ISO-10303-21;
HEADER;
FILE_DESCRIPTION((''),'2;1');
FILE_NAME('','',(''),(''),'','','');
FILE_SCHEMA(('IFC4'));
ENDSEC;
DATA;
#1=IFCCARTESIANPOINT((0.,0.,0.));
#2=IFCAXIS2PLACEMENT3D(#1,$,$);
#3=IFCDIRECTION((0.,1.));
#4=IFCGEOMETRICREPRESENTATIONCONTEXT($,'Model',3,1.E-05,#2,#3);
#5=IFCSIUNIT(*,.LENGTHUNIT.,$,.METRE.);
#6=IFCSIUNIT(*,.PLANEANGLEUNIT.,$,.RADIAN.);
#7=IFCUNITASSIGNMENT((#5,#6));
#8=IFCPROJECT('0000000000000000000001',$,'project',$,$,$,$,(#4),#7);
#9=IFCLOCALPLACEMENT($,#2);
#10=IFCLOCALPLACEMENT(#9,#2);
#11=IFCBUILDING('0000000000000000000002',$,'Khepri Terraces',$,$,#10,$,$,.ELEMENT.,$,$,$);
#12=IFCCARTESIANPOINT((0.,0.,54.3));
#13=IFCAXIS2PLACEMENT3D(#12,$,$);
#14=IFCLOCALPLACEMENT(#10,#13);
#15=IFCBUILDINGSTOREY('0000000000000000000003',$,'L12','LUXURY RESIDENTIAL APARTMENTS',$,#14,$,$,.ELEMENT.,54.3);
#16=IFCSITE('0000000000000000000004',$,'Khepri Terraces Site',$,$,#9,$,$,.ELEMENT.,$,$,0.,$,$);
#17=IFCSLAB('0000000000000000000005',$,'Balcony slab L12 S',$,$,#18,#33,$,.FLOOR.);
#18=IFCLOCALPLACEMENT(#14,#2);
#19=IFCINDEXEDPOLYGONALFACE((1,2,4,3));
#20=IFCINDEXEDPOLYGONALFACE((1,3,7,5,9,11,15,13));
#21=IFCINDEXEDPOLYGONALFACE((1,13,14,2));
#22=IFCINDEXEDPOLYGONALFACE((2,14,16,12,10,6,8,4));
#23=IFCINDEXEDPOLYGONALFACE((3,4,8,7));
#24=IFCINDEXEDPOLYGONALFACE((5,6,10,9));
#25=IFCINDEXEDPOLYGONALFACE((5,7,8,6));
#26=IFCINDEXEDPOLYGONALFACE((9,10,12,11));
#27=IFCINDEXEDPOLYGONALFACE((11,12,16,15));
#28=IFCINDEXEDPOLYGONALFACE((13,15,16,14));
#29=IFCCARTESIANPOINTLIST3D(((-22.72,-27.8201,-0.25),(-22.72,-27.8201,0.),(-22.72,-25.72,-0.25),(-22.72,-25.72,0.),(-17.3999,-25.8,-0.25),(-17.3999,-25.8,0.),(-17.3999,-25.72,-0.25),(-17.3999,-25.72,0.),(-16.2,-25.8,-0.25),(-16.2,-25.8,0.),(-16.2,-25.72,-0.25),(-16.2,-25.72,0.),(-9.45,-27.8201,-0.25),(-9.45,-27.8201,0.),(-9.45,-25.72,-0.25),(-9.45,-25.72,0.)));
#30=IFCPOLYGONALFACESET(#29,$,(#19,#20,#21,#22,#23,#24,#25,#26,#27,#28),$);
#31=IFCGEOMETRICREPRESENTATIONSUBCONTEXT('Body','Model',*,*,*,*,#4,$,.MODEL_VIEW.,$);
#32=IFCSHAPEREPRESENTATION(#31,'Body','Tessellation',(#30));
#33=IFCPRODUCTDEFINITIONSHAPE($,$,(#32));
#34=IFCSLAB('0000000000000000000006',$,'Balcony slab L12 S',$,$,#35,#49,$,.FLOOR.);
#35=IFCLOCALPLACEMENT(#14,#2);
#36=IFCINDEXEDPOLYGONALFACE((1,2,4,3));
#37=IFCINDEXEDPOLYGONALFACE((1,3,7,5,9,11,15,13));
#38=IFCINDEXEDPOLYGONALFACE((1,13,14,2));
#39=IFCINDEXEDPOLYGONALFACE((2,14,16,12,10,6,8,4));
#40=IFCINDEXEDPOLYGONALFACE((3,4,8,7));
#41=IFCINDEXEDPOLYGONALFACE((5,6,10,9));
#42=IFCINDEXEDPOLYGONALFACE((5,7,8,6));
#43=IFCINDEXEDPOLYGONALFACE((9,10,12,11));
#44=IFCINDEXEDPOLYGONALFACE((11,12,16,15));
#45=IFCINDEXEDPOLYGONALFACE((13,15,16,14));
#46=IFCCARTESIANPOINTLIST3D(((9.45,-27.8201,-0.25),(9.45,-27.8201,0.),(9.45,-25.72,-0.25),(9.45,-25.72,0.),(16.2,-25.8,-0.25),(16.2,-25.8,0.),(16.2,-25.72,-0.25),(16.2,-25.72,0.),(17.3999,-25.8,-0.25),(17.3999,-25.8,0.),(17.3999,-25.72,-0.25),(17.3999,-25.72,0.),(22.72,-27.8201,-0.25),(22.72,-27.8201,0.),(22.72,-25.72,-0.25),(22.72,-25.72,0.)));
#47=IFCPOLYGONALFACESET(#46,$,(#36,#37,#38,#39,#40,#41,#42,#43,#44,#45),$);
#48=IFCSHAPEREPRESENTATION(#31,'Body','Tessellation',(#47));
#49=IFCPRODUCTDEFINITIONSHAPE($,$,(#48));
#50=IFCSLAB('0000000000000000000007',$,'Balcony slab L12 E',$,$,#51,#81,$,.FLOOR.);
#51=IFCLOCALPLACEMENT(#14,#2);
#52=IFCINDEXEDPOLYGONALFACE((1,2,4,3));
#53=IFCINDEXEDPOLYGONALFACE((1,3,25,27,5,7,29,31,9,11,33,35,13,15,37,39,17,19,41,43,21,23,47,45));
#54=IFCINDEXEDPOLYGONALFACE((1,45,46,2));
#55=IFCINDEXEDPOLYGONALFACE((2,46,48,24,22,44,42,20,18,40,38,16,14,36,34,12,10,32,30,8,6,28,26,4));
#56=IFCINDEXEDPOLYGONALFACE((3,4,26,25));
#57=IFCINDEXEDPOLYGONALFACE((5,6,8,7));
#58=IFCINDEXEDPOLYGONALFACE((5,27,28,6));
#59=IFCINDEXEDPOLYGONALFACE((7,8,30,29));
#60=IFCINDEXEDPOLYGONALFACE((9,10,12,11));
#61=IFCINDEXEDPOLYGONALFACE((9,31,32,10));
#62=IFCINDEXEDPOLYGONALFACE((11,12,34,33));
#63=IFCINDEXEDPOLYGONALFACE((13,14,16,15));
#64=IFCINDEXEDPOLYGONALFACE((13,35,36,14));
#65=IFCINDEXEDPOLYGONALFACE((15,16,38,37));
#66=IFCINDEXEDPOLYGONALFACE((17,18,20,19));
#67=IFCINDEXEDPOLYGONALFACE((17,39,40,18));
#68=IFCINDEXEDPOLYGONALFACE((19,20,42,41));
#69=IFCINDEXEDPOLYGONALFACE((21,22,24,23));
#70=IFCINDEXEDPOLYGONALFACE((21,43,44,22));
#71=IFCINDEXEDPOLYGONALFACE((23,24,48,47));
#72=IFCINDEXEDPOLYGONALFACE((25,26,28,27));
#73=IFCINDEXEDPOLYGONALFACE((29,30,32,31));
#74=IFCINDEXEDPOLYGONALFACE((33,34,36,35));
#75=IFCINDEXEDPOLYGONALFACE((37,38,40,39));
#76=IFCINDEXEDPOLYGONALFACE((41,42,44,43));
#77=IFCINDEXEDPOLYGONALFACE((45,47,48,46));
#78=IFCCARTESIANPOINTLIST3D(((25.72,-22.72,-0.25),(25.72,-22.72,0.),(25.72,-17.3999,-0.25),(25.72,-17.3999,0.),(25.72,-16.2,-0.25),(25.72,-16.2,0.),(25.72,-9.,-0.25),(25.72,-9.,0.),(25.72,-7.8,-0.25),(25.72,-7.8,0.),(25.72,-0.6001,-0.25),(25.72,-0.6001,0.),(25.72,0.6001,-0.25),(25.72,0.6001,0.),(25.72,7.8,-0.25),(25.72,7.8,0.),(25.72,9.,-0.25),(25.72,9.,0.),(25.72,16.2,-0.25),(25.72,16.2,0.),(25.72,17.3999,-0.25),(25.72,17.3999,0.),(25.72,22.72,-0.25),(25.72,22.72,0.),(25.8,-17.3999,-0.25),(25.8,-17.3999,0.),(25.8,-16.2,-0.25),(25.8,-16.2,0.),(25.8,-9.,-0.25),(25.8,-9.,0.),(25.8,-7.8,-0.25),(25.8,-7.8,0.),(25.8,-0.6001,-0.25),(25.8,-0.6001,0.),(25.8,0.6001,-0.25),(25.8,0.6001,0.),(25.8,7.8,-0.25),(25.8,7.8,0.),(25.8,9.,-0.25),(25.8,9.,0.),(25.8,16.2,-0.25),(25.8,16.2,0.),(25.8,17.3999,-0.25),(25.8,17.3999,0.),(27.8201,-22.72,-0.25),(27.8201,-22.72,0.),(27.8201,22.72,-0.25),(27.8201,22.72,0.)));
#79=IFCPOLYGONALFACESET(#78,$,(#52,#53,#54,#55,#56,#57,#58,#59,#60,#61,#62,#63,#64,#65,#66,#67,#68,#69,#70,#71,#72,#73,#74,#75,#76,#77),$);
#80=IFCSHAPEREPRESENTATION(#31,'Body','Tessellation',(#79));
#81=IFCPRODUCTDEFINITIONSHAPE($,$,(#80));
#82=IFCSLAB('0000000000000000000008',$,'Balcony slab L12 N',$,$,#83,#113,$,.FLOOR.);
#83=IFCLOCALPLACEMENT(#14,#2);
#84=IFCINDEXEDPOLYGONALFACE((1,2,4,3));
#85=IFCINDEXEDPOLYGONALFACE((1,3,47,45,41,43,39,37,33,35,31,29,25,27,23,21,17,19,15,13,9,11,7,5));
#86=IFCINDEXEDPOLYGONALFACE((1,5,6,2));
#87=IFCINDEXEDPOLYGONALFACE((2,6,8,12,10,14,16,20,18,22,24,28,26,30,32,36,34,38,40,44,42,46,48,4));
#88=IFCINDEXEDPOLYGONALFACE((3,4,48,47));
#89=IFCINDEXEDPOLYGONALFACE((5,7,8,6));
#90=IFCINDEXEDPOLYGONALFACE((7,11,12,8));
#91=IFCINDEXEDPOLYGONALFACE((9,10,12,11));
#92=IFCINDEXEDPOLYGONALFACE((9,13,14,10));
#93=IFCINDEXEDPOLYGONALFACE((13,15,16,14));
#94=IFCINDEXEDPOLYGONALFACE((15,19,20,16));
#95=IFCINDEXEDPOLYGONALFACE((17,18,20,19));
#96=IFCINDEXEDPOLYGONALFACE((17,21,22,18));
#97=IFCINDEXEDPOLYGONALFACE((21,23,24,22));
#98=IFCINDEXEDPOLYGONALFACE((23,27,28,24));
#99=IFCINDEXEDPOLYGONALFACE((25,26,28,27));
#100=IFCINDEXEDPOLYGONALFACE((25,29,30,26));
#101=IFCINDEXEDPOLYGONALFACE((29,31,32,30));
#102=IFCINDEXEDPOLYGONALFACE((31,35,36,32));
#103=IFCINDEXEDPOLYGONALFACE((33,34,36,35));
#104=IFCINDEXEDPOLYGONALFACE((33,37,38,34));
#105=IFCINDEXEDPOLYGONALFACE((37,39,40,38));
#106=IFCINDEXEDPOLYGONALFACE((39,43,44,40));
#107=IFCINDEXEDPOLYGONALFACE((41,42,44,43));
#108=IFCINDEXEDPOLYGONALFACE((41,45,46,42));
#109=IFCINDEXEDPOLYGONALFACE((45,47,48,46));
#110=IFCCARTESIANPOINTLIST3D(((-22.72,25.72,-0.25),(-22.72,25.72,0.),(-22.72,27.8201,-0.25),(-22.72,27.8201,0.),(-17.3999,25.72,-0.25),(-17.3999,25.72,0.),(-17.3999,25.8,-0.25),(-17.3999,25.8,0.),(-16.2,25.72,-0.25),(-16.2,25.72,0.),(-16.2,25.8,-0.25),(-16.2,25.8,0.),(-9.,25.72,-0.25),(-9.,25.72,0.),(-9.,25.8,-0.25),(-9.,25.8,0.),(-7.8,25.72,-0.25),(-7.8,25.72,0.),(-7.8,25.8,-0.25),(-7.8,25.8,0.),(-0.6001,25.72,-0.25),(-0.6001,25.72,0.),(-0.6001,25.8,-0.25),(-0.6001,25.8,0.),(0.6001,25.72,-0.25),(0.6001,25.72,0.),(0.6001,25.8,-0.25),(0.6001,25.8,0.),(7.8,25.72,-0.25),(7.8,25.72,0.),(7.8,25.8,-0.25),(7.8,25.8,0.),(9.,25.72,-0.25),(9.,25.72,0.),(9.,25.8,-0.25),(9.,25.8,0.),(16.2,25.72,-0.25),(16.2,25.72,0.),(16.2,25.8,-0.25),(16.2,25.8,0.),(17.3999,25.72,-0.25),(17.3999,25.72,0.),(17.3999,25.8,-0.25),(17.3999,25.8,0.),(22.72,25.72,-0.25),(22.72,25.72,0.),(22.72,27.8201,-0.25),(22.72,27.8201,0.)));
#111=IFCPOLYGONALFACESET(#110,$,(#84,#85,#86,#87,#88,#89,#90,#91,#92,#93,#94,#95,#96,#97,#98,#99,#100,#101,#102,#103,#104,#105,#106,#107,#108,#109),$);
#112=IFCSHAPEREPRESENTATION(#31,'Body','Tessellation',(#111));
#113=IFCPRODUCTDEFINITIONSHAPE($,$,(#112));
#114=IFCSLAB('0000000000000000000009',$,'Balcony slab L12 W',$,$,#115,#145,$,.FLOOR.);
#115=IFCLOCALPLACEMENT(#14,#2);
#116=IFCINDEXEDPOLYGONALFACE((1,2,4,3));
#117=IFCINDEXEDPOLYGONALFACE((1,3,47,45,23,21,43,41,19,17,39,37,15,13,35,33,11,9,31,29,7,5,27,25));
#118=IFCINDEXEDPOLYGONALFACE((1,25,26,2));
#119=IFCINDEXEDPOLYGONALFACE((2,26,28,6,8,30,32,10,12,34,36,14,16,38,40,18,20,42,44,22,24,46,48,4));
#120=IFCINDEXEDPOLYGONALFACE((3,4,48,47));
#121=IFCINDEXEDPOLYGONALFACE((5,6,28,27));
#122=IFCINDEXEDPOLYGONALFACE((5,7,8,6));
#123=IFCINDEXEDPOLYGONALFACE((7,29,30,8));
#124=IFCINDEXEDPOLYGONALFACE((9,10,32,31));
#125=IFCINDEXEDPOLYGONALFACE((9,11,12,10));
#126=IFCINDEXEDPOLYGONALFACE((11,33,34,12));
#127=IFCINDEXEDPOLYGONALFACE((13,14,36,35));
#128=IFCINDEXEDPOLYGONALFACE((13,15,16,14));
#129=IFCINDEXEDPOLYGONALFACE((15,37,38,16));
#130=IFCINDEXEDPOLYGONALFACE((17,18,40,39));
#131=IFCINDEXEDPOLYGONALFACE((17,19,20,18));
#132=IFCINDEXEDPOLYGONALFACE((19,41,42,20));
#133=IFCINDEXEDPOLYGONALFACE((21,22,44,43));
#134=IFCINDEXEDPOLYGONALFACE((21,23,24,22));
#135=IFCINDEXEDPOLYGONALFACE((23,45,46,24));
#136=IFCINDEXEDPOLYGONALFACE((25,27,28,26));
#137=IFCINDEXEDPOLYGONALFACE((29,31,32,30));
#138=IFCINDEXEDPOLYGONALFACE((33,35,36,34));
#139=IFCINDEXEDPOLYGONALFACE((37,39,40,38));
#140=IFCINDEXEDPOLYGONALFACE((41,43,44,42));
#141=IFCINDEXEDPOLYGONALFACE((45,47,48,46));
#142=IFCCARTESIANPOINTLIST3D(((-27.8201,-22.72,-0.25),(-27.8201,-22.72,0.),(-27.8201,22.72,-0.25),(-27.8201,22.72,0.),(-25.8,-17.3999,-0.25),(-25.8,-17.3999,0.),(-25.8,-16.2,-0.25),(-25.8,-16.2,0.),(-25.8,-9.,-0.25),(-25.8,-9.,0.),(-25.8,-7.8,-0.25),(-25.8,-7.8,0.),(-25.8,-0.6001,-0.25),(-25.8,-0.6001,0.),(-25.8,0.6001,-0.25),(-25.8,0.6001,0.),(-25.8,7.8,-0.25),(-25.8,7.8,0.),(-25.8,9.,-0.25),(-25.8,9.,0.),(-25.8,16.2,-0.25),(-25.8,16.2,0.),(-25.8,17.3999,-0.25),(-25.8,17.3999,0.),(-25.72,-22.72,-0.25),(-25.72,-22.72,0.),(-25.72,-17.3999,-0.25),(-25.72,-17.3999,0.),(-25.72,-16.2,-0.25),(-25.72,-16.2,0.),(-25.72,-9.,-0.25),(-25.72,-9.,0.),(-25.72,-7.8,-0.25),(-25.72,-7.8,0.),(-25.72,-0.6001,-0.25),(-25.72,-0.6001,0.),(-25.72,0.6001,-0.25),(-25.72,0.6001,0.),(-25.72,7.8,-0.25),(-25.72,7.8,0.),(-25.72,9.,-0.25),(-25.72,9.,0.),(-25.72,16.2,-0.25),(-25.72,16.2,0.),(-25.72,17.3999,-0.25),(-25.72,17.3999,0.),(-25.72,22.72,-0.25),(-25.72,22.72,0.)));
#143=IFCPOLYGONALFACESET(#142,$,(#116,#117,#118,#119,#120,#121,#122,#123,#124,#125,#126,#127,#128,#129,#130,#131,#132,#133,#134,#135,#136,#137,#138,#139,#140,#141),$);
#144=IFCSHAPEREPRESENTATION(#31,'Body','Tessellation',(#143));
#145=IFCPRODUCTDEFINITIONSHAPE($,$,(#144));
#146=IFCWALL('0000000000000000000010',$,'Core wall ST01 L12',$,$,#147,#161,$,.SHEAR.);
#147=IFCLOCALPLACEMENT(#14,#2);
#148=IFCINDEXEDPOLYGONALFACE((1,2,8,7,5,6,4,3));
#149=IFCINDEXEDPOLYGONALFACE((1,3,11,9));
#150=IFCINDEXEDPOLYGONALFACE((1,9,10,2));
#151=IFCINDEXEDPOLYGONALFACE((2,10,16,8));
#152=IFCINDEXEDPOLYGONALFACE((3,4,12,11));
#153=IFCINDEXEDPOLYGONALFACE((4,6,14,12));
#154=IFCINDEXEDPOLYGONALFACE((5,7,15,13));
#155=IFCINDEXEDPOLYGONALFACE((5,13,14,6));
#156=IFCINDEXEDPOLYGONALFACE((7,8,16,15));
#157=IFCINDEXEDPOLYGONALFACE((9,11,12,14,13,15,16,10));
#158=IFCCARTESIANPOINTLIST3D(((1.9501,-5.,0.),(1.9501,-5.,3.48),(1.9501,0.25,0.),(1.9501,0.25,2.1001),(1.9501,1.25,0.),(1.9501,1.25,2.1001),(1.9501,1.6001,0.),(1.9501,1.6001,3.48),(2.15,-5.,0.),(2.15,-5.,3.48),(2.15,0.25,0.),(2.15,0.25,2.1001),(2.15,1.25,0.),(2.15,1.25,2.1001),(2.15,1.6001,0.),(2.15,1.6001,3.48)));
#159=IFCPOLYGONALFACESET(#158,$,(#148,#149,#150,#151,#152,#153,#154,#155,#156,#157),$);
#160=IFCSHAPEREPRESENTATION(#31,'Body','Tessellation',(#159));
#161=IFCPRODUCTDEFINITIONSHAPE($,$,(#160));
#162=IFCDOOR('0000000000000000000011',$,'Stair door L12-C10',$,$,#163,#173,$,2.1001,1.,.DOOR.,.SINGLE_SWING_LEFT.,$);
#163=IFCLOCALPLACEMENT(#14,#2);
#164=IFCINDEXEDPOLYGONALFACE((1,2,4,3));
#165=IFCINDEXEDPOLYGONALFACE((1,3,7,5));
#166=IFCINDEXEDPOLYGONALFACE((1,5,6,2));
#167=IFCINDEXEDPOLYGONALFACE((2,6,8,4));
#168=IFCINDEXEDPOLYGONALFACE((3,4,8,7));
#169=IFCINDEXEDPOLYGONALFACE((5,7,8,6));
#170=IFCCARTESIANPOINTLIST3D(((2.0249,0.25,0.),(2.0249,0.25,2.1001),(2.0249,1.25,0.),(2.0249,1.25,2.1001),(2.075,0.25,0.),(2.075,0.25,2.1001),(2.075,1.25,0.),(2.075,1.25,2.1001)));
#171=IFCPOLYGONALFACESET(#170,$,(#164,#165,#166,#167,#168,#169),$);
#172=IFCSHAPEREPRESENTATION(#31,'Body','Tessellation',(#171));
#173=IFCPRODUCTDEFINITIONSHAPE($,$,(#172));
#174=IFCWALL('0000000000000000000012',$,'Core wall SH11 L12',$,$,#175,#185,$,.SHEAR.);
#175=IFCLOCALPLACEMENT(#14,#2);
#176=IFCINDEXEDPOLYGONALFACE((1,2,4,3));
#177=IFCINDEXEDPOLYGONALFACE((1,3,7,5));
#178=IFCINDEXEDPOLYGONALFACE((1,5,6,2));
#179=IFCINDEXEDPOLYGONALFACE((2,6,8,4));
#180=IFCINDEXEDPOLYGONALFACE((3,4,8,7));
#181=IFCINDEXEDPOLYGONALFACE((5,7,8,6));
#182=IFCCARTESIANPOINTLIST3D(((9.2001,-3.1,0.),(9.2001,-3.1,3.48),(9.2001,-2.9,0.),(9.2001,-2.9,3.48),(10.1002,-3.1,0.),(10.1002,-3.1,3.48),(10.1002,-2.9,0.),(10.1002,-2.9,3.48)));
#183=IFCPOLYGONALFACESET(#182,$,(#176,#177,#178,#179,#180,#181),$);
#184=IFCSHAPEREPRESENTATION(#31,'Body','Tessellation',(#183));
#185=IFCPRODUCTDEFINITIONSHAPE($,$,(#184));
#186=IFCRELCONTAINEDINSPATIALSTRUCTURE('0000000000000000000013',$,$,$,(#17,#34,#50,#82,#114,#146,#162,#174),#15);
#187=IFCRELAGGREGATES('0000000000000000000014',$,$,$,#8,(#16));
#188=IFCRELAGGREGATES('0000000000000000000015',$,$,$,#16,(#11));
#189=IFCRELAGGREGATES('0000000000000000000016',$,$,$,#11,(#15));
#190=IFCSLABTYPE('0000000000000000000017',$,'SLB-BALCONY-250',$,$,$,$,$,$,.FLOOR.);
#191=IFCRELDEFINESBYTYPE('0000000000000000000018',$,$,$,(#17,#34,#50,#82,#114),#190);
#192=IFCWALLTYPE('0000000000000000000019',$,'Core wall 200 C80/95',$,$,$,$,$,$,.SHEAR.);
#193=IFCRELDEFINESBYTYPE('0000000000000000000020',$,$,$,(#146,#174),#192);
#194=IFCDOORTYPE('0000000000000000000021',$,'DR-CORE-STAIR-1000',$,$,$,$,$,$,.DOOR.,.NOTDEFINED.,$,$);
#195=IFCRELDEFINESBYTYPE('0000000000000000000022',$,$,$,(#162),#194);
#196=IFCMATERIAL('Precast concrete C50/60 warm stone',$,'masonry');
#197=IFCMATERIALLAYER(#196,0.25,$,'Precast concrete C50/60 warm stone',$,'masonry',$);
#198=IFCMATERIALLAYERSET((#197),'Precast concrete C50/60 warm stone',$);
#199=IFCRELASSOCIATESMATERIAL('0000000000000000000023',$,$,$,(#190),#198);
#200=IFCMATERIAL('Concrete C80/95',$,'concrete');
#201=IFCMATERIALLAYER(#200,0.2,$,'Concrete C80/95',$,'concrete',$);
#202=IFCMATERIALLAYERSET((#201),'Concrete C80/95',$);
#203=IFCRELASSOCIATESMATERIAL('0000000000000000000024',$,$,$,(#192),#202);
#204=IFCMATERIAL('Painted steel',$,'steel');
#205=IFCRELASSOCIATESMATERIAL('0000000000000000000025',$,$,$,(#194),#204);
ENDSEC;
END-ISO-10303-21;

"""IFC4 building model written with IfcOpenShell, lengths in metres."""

from ifc_helpers import new_model, si_unit, direction, frame, frame_2d, origin, place, context, subcontext, project, spatial, polyline, rectangle, outline, extrude, material, layer, layer_set, type_object, element, fill, save


model = new_model("IFC4")

# Units and contexts
model_context = context("Model", 3, precision=1e-05, world=origin(), true_north=direction((0.0, 1.0)))
body_context = subcontext(model_context, "Body", "Model", "MODEL_VIEW")
ifc_project = project(units=[si_unit("LENGTHUNIT", "METRE"), si_unit("PLANEANGLEUNIT", "RADIAN")], contexts=[model_context])

# Site, building, storey
site_placement = place(None, origin())
site = spatial("IfcSite", under=ifc_project, at=site_placement, Name="Khepri Terraces Site", CompositionType="ELEMENT", RefElevation=0.0)
building_placement = place(site_placement, origin())
building = spatial("IfcBuilding", under=site, at=building_placement, Name="Khepri Terraces", CompositionType="ELEMENT")
storey_placement = place(building_placement, frame((0.0, 0.0, 54.3)))
storey = spatial("IfcBuildingStorey", under=building, at=storey_placement, Name="L12", Description="LUXURY RESIDENTIAL APARTMENTS", CompositionType="ELEMENT", Elevation=54.3)

# Slabs
ifc_material_1 = material(Name="Precast concrete C50/60 warm stone", Category="masonry")
ifc_layer_1 = layer(ifc_material_1, 0.25, Name="Precast concrete C50/60 warm stone", Category="masonry")
ifc_layer_set_1 = layer_set([ifc_layer_1], Name="Precast concrete C50/60 warm stone")
slab_type = type_object("IfcSlabType", Name="SLB-BALCONY-250", PredefinedType="FLOOR", material=ifc_layer_set_1)
slab_1_placement = place(storey_placement, frame((0.0, 0.0, -0.25)))
element("IfcSlab", 1, at=slab_1_placement, inside=storey, type_object=slab_type, Name="Balcony slab L12 S", PredefinedType="FLOOR", context=body_context, shape_type="SweptSolid", body=[
    extrude(outline(polyline([(-17.3999, -25.72), (-22.72, -25.72), (-22.72, -27.8201), (-9.45, -27.8201), (-9.45, -25.72), (-16.2, -25.72), (-16.2, -25.8), (-17.3999, -25.8), (-17.3999, -25.72)])), origin(), (0.0, 0.0, 1.0), 0.25),
])
slab_2_placement = place(storey_placement, frame((0.0, 0.0, -0.25)))
element("IfcSlab", 2, at=slab_2_placement, inside=storey, type_object=slab_type, Name="Balcony slab L12 S", PredefinedType="FLOOR", context=body_context, shape_type="SweptSolid", body=[
    extrude(outline(polyline([(16.2, -25.72), (9.45, -25.72), (9.45, -27.8201), (22.72, -27.8201), (22.72, -25.72), (17.3999, -25.72), (17.3999, -25.8), (16.2, -25.8), (16.2, -25.72)])), origin(), (0.0, 0.0, 1.0), 0.25),
])
slab_3_placement = place(storey_placement, frame((0.0, 0.0, -0.25)))
element("IfcSlab", 3, at=slab_3_placement, inside=storey, type_object=slab_type, Name="Balcony slab L12 E", PredefinedType="FLOOR", context=body_context, shape_type="SweptSolid", body=[
    extrude(outline(polyline([(25.72, -17.3999), (25.72, -22.72), (27.8201, -22.72), (27.8201, 22.72), (25.72, 22.72), (25.72, 17.3999), (25.8, 17.3999), (25.8, 16.2), (25.72, 16.2), (25.72, 9.0), (25.8, 9.0), (25.8, 7.8), (25.72, 7.8), (25.72, 0.6001), (25.8, 0.6001), (25.8, -0.6001), (25.72, -0.6001), (25.72, -7.8), (25.8, -7.8), (25.8, -9.0), (25.72, -9.0), (25.72, -16.2), (25.8, -16.2), (25.8, -17.3999), (25.72, -17.3999)])), origin(), (0.0, 0.0, 1.0), 0.25),
])
slab_4_placement = place(storey_placement, frame((0.0, 0.0, -0.25)))
element("IfcSlab", 4, at=slab_4_placement, inside=storey, type_object=slab_type, Name="Balcony slab L12 N", PredefinedType="FLOOR", context=body_context, shape_type="SweptSolid", body=[
    extrude(outline(polyline([(17.3999, 25.72), (22.72, 25.72), (22.72, 27.8201), (-22.72, 27.8201), (-22.72, 25.72), (-17.3999, 25.72), (-17.3999, 25.8), (-16.2, 25.8), (-16.2, 25.72), (-9.0, 25.72), (-9.0, 25.8), (-7.8, 25.8), (-7.8, 25.72), (-0.6001, 25.72), (-0.6001, 25.8), (0.6001, 25.8), (0.6001, 25.72), (7.8, 25.72), (7.8, 25.8), (9.0, 25.8), (9.0, 25.72), (16.2, 25.72), (16.2, 25.8), (17.3999, 25.8), (17.3999, 25.72)])), origin(), (0.0, 0.0, 1.0), 0.25),
])
slab_5_placement = place(storey_placement, frame((0.0, 0.0, -0.25)))
element("IfcSlab", 5, at=slab_5_placement, inside=storey, type_object=slab_type, Name="Balcony slab L12 W", PredefinedType="FLOOR", context=body_context, shape_type="SweptSolid", body=[
    extrude(outline(polyline([(-25.72, 17.3999), (-25.72, 22.72), (-27.8201, 22.72), (-27.8201, -22.72), (-25.72, -22.72), (-25.72, -17.3999), (-25.8, -17.3999), (-25.8, -16.2), (-25.72, -16.2), (-25.72, -9.0), (-25.8, -9.0), (-25.8, -7.8), (-25.72, -7.8), (-25.72, -0.6001), (-25.8, -0.6001), (-25.8, 0.6001), (-25.72, 0.6001), (-25.72, 7.8), (-25.8, 7.8), (-25.8, 9.0), (-25.72, 9.0), (-25.72, 16.2), (-25.8, 16.2), (-25.8, 17.3999), (-25.72, 17.3999)])), origin(), (0.0, 0.0, 1.0), 0.25),
])

# Wall, opening, door
ifc_material_2 = material(Name="Concrete C80/95", Category="concrete")
ifc_layer_2 = layer(ifc_material_2, 0.2, Name="Concrete C80/95", Category="concrete")
ifc_layer_set_2 = layer_set([ifc_layer_2], Name="Concrete C80/95")
wall_type_1 = type_object("IfcWallType", Name="Core wall 200 C80/95", PredefinedType="SHEAR", material=ifc_layer_set_2)
wall_1_placement = place(storey_placement, frame((2.05, -5.0, 0.0), z_axis=(0.0, 0.0, 1.0), x_axis=(0.0, 1.0, 0.0)))
wall_1 = element("IfcWall", 6, at=wall_1_placement, inside=storey, type_object=wall_type_1, Name="Core wall ST01 L12", PredefinedType="SHEAR", context=body_context, shape_type="SweptSolid", body=[
    extrude(rectangle(XDim=6.6001, YDim=0.2, at=frame_2d((3.3, 0.0))), origin(), (0.0, 0.0, 1.0), 3.48),
])
opening_1_placement = place(wall_1_placement, frame((5.25, 0.0, 0.0)))
opening_1 = element("IfcOpeningElement", 7, at=opening_1_placement, cuts=wall_1, PredefinedType="OPENING", context=body_context, shape_type="SweptSolid", body=[
    extrude(rectangle(XDim=1.0, YDim=2.1001, at=frame_2d((0.5, 1.05))), frame((0.0, 0.1099, 0.0), z_axis=(0.0, -1.0, 0.0), x_axis=(1.0, 0.0, 0.0)), (0.0, 0.0, 1.0), 0.22),
])
ifc_material_3 = material(Name="Painted steel", Category="steel")
door_type_1 = type_object("IfcDoorType", Name="DR-CORE-STAIR-1000", OperationType="NOTDEFINED", PredefinedType="DOOR", material=ifc_material_3)
door_1_placement = place(opening_1_placement, frame((1.0, 0.0, 0.0), z_axis=(0.0, 0.0, 1.0), x_axis=(-1.0, 0.0, 0.0)))
door_1 = element("IfcDoor", 8, at=door_1_placement, inside=storey, type_object=door_type_1, Name="Stair door L12-C10", OperationType="SINGLE_SWING_LEFT", OverallHeight=2.1001, OverallWidth=1.0, PredefinedType="DOOR", context=body_context, shape_type="SweptSolid", body=[
    extrude(rectangle(XDim=1.0, YDim=2.1001, at=frame_2d((0.5, 1.05))), frame((0.0, 0.0249, 0.0), z_axis=(0.0, -1.0, 0.0), x_axis=(1.0, 0.0, 0.0)), (0.0, 0.0, 1.0), 0.05),
])
fill(opening_1, door_1)

# Wall
wall_2_placement = place(storey_placement, frame((9.2, -3.0, 0.0), z_axis=(0.0, 0.0, 1.0), x_axis=(1.0, 0.0, 0.0)))
element("IfcWall", 9, at=wall_2_placement, inside=storey, type_object=wall_type_1, Name="Core wall SH11 L12", PredefinedType="SHEAR", context=body_context, shape_type="SweptSolid", body=[
    extrude(rectangle(XDim=0.9001, YDim=0.2, at=frame_2d((0.4502, 0.0))), origin(), (0.0, 0.0, 1.0), 3.48),
])

save(model, "model.ifc")
